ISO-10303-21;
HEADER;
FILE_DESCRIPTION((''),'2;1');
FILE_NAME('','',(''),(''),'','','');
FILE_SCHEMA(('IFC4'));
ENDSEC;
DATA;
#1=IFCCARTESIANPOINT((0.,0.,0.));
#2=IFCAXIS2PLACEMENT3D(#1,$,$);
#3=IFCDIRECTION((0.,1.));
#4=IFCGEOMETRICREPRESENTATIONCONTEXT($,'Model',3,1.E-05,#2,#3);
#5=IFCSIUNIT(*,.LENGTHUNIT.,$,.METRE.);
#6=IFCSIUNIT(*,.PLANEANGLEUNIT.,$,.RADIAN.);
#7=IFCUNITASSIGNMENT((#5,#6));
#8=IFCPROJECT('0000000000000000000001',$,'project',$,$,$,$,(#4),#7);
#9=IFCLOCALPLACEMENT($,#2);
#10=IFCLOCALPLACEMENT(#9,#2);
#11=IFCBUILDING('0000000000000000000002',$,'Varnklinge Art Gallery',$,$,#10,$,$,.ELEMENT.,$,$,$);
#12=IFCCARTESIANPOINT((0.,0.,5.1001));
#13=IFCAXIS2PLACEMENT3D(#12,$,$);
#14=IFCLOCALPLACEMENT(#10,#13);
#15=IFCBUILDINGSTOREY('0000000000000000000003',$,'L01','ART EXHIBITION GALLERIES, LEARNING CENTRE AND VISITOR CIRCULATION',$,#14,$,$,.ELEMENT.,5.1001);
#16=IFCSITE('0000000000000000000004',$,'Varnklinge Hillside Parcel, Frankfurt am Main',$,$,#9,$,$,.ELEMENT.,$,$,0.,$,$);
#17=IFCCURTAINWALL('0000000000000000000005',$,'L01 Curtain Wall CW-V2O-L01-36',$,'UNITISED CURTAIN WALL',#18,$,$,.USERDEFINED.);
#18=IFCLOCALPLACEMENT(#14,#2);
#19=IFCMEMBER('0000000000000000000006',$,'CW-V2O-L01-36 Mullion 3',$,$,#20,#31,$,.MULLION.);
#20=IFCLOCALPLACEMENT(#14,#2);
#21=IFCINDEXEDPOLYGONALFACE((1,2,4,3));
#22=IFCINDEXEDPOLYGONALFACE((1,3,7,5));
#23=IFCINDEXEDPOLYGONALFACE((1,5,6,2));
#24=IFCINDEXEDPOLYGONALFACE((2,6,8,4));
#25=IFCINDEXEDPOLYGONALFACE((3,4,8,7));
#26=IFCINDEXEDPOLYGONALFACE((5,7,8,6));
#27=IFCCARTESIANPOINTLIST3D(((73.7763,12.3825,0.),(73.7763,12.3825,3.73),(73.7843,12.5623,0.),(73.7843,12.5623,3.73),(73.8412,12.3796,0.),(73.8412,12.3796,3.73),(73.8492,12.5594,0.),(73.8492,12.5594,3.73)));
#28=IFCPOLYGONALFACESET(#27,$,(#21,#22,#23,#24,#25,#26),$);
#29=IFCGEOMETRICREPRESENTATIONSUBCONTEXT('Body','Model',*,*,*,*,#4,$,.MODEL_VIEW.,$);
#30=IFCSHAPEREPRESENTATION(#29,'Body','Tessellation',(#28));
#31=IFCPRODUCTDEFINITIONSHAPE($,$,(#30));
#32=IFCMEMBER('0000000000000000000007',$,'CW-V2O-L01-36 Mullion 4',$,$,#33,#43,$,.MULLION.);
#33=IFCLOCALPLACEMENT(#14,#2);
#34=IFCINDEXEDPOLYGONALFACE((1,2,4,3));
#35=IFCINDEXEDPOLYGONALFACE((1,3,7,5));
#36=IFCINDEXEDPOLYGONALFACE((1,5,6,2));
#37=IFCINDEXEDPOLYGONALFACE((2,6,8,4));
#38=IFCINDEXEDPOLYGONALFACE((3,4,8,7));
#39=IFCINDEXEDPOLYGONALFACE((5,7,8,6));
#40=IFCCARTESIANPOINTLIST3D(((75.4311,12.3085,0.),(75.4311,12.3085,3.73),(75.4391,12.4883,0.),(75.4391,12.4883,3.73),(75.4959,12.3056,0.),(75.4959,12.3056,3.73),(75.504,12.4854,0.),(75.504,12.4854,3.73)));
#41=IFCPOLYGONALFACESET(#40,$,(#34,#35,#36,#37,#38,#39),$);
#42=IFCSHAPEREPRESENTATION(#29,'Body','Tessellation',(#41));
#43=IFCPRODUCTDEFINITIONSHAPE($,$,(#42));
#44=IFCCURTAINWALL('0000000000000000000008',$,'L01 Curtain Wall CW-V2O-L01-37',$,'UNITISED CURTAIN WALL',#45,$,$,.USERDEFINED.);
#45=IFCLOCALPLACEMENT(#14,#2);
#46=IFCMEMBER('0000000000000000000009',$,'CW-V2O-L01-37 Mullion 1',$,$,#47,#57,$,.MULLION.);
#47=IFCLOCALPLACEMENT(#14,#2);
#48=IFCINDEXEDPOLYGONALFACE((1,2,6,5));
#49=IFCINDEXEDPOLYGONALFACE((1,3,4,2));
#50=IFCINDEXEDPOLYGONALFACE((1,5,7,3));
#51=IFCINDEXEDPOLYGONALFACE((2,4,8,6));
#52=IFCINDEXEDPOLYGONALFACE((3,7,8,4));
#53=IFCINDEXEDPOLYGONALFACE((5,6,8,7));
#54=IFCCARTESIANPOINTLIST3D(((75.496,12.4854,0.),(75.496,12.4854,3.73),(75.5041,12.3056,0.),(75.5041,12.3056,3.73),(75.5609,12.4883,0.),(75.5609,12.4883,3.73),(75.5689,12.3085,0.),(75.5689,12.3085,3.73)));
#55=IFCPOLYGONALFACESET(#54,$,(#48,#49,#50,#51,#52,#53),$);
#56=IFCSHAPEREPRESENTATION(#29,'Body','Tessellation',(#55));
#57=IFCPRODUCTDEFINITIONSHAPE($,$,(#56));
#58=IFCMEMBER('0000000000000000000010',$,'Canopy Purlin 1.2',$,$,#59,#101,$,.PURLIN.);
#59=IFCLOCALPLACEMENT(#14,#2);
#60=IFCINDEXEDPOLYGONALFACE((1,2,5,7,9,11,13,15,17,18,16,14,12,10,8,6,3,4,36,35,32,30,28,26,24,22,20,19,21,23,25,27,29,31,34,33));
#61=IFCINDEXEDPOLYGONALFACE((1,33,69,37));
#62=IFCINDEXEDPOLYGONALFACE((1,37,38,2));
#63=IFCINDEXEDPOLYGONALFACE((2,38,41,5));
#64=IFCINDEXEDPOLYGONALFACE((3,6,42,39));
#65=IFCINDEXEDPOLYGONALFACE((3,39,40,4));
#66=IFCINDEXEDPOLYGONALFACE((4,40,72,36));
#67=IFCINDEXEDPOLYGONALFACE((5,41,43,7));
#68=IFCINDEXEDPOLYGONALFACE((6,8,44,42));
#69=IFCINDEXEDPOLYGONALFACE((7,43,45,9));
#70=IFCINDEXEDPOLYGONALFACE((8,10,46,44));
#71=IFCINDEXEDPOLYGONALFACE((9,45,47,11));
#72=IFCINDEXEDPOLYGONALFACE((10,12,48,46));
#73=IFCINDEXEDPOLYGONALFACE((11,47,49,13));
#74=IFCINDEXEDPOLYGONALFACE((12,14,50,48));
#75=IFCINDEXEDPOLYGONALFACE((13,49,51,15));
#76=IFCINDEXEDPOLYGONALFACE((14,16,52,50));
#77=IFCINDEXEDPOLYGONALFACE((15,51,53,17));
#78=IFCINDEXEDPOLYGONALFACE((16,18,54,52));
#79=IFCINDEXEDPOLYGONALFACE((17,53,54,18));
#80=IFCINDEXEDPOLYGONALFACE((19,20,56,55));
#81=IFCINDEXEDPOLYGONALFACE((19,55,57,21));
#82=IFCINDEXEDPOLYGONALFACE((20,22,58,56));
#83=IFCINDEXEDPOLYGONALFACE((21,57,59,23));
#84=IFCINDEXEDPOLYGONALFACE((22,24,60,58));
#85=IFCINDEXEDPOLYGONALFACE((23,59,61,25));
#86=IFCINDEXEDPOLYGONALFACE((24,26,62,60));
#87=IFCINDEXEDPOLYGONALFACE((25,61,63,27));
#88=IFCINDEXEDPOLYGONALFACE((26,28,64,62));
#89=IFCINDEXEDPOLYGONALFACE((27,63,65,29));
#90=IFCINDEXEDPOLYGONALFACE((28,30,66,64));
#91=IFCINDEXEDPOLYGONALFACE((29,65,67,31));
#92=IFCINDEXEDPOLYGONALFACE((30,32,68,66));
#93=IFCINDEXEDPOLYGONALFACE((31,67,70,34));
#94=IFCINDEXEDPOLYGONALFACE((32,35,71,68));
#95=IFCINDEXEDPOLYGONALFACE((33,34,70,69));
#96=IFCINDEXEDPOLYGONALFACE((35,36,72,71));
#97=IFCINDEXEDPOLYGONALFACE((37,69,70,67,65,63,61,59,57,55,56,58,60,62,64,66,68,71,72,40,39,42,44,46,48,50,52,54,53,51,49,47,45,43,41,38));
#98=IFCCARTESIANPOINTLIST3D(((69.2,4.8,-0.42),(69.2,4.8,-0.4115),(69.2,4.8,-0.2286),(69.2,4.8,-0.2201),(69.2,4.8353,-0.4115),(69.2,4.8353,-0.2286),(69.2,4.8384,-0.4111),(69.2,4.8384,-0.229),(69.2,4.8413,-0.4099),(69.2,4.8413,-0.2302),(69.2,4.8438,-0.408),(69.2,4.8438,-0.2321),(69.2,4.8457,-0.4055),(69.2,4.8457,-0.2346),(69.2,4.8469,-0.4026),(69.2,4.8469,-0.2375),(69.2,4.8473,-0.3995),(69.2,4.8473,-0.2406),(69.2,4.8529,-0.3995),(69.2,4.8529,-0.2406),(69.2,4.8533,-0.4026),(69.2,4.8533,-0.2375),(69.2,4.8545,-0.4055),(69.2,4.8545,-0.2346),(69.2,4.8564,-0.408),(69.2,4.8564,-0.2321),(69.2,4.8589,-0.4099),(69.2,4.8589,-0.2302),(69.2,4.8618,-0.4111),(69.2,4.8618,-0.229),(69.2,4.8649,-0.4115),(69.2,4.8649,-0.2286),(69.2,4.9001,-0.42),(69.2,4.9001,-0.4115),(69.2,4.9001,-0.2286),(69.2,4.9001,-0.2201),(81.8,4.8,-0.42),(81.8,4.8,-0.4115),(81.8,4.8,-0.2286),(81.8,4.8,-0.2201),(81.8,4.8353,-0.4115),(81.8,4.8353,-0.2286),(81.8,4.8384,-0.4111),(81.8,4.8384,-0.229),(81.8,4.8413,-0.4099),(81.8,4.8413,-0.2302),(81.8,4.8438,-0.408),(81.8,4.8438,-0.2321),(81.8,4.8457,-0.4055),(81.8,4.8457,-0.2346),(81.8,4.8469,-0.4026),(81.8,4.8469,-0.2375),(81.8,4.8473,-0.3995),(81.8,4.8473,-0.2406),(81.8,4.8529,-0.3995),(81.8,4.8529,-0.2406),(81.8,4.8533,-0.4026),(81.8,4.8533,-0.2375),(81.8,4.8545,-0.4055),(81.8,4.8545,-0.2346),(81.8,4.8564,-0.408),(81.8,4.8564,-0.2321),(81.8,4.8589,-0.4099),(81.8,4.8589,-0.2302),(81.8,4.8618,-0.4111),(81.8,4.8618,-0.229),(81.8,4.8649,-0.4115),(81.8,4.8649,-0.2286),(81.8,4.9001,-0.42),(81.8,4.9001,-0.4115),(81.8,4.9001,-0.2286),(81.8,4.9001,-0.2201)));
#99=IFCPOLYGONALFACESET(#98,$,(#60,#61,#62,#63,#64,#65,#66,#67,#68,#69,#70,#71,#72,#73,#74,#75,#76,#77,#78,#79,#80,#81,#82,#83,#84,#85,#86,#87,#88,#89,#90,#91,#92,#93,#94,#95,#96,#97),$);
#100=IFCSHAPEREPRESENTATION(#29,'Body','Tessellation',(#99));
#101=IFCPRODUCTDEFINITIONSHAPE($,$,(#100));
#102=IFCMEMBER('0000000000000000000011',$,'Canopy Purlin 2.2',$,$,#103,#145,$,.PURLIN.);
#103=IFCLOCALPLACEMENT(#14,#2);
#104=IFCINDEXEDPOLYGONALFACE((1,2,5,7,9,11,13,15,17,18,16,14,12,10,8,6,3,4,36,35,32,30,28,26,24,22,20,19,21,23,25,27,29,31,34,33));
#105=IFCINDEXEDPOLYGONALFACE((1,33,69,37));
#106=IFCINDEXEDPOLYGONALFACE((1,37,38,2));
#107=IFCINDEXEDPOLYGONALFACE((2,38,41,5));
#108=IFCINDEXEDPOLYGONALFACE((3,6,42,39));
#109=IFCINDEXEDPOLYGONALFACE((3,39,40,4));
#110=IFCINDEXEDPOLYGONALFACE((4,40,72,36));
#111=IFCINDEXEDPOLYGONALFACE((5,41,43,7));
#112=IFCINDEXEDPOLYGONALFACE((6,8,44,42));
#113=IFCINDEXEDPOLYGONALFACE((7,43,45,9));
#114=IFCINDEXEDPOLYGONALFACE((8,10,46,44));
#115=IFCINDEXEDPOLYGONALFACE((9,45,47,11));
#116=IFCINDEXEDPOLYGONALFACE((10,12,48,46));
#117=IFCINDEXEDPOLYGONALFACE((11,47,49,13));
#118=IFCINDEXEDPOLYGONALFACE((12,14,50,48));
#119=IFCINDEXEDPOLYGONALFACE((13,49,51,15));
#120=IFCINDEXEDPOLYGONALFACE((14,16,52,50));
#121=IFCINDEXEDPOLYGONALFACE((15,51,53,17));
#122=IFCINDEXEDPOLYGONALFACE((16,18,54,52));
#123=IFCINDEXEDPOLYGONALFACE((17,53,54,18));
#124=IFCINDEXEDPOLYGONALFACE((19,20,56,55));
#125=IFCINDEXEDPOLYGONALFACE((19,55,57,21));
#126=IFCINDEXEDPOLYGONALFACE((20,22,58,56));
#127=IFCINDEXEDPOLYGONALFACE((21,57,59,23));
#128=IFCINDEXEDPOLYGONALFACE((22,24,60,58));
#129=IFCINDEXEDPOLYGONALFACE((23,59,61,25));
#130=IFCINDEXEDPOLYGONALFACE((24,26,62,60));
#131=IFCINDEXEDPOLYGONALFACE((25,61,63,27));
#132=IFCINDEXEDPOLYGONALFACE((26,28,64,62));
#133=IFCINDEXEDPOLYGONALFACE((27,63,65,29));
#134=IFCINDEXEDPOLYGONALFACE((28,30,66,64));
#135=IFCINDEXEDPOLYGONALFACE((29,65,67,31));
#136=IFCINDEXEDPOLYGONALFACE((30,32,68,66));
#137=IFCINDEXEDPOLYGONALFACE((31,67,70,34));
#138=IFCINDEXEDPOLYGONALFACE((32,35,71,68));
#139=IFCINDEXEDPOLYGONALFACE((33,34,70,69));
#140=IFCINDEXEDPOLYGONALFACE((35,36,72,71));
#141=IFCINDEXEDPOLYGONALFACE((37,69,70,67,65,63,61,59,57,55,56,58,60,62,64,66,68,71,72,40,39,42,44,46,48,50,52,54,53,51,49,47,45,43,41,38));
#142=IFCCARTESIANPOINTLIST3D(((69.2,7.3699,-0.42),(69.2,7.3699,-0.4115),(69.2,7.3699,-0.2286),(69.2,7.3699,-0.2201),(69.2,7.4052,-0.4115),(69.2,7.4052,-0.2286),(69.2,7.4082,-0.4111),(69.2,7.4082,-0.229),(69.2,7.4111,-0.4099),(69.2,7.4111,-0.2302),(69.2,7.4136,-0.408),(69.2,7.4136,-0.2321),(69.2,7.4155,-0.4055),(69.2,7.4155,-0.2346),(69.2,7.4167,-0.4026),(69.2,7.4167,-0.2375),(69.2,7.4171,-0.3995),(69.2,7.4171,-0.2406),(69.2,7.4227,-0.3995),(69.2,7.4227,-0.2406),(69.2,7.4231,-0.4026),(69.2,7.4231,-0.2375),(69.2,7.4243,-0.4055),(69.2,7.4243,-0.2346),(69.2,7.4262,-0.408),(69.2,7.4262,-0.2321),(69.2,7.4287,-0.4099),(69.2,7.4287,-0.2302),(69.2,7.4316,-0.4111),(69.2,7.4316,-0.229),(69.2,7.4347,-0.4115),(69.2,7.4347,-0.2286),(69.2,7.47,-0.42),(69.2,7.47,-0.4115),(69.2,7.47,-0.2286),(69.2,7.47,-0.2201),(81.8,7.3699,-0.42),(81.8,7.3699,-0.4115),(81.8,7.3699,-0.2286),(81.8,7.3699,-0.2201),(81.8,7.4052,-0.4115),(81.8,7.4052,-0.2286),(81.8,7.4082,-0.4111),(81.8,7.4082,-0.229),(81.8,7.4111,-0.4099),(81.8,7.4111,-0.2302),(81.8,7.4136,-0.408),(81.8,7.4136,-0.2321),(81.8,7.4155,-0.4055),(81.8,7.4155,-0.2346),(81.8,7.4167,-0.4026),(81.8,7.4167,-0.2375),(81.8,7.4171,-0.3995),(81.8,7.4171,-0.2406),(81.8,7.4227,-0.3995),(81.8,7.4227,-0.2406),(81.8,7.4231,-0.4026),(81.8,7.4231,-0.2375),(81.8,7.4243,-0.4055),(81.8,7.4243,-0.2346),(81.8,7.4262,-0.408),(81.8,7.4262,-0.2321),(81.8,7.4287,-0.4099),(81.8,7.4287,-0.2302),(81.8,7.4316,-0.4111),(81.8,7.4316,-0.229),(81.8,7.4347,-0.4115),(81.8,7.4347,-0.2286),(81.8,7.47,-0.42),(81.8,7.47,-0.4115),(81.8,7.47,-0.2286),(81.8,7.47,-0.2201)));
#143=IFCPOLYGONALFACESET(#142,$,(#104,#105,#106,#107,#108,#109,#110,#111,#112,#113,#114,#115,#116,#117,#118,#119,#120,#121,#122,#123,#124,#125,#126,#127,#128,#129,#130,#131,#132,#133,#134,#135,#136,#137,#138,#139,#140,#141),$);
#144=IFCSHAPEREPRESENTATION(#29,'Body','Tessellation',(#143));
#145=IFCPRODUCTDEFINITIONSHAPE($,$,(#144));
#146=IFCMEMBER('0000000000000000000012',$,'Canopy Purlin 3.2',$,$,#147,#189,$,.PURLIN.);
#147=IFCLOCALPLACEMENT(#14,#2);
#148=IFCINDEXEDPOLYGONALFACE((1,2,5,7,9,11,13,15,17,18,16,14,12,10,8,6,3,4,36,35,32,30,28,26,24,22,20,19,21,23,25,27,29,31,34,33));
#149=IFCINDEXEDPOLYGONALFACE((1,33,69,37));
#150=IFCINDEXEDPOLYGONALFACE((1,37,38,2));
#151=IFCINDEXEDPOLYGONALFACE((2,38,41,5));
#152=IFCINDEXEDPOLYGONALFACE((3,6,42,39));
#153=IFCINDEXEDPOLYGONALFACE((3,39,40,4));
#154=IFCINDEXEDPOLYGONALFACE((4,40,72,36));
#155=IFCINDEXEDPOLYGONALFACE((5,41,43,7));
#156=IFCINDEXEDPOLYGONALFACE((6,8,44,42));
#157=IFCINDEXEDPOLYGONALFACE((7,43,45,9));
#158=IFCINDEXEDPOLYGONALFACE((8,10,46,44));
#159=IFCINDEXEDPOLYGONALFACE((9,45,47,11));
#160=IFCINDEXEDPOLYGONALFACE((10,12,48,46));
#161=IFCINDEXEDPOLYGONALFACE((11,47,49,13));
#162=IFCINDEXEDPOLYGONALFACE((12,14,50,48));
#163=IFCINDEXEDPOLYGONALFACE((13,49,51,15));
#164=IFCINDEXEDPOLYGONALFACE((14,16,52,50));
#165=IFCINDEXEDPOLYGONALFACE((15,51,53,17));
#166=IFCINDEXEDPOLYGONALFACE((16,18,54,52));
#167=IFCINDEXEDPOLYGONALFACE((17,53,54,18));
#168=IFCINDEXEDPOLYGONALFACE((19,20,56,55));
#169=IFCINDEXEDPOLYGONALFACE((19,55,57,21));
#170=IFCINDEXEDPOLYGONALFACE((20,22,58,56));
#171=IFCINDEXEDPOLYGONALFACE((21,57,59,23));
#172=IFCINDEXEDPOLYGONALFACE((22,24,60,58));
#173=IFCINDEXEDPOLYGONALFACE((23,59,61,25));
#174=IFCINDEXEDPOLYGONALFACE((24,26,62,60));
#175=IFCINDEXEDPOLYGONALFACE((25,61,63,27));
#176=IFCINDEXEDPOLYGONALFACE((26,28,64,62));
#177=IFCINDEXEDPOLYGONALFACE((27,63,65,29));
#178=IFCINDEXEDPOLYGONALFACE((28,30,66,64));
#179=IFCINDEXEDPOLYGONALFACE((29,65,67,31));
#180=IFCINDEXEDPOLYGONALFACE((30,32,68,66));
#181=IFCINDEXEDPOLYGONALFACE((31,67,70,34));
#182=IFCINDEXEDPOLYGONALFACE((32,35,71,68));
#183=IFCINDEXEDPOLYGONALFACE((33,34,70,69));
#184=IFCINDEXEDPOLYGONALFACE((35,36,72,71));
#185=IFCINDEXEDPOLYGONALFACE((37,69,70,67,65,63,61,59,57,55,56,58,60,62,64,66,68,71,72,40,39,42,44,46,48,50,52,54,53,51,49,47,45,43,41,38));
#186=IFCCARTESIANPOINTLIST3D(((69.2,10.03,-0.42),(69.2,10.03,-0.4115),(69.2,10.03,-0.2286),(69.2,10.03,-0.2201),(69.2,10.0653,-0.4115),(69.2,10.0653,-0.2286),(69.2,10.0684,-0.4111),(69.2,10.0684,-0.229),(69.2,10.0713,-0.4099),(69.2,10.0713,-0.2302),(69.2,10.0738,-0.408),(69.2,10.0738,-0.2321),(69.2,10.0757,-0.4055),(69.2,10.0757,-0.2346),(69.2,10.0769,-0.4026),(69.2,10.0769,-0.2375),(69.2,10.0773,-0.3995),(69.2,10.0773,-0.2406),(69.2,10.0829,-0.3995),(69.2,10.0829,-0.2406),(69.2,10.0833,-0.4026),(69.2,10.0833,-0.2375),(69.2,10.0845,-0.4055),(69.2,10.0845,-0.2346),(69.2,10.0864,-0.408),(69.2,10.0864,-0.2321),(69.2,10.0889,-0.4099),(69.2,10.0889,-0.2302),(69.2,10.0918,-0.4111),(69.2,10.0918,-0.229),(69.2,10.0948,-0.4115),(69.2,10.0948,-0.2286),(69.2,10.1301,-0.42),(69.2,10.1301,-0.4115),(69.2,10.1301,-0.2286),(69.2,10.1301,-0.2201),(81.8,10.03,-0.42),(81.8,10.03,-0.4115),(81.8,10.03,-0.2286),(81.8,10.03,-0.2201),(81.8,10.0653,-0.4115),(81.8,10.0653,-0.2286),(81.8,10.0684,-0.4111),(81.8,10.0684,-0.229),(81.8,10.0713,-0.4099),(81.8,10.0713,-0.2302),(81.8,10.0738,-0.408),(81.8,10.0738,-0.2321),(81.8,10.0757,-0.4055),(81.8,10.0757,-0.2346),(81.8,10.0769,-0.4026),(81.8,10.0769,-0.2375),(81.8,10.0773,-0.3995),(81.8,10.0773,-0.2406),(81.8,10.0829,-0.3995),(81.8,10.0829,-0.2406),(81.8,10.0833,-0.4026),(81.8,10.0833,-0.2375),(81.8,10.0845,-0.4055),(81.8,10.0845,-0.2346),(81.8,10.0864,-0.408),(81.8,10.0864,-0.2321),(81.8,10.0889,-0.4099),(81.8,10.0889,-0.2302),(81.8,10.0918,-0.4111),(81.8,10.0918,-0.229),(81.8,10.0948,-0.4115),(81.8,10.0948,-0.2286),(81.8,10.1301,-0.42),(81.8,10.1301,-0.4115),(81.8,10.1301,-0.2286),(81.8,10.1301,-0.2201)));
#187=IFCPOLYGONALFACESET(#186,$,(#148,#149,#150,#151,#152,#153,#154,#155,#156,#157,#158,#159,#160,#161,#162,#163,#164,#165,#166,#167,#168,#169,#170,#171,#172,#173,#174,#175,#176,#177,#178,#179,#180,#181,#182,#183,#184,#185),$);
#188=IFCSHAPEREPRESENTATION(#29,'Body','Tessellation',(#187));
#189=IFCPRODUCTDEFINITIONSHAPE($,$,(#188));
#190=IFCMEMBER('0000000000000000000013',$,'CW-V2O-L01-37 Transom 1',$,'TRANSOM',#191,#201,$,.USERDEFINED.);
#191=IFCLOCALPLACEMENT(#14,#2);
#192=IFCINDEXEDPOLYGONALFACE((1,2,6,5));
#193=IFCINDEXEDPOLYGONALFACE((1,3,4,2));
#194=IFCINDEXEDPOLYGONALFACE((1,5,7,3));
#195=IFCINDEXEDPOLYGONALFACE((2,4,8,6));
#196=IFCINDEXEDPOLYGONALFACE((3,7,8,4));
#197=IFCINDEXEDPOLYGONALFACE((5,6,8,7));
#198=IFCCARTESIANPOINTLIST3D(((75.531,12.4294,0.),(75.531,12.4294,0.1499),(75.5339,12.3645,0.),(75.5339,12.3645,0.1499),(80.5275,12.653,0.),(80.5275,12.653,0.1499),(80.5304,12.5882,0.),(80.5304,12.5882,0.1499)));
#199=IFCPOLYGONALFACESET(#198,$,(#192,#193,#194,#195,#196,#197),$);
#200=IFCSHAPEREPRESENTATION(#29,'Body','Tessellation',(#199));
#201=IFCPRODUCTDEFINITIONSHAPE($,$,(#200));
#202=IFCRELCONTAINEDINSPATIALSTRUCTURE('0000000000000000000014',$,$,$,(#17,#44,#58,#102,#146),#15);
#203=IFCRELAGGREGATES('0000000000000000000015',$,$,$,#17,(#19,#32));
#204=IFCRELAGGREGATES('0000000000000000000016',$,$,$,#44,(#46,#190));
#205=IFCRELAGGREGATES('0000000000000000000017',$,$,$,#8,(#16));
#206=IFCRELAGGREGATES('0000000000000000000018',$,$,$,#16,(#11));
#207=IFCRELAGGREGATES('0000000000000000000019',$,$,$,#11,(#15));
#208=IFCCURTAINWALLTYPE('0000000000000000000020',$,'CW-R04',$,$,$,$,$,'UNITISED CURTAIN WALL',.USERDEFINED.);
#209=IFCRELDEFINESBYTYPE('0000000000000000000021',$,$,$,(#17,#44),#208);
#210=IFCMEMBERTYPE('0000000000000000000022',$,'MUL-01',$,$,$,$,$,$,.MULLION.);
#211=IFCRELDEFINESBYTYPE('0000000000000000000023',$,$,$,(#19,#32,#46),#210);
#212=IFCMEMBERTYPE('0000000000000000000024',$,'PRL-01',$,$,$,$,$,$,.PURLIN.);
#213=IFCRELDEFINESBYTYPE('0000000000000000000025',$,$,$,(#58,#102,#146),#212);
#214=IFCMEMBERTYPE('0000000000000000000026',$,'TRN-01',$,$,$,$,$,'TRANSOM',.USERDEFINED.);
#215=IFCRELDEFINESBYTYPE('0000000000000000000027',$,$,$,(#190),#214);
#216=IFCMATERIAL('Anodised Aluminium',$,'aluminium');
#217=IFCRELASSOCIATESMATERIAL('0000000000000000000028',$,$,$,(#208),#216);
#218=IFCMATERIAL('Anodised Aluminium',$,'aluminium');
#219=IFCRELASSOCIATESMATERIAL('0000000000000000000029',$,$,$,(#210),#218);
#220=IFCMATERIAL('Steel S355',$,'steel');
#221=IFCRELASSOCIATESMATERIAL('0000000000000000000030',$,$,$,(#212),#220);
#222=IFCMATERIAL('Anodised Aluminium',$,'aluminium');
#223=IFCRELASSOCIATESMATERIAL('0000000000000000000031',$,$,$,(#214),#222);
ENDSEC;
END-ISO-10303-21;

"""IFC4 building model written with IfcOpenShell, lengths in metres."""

from ifc_helpers import new_model, si_unit, direction, frame, origin, origin_2d, place, context, subcontext, project, spatial, rectangle, i_section, extrude, material, material_profile, profile_set, type_object, element, aggregate, save


model = new_model("IFC4")

# Units and contexts
model_context = context("Model", 3, precision=1e-05, world=origin(), true_north=direction((0.0, 1.0)))
body_context = subcontext(model_context, "Body", "Model", "MODEL_VIEW")
ifc_project = project(units=[si_unit("LENGTHUNIT", "METRE"), si_unit("PLANEANGLEUNIT", "RADIAN")], contexts=[model_context])

# Site, building, storey
site_placement = place(None, origin())
site = spatial("IfcSite", under=ifc_project, at=site_placement, Name="Varnklinge Hillside Parcel, Frankfurt am Main", CompositionType="ELEMENT", RefElevation=0.0)
building_placement = place(site_placement, origin())
building = spatial("IfcBuilding", under=site, at=building_placement, Name="Varnklinge Art Gallery", CompositionType="ELEMENT")
storey_placement = place(building_placement, frame((0.0, 0.0, 5.1001)))
storey = spatial("IfcBuildingStorey", under=building, at=storey_placement, Name="L01", Description="ART EXHIBITION GALLERIES, LEARNING CENTRE AND VISITOR CIRCULATION", CompositionType="ELEMENT", Elevation=5.1001)

# Curtain wall, members
ifc_material_1 = material(Name="Anodised Aluminium", Category="aluminium")
curtain_wall_type = type_object("IfcCurtainWallType", Name="CW-R04", ElementType="UNITISED CURTAIN WALL", PredefinedType="USERDEFINED", material=ifc_material_1)
curtain_wall_1_placement = place(storey_placement, origin())
curtain_wall_1 = element("IfcCurtainWall", 1, at=curtain_wall_1_placement, inside=storey, type_object=curtain_wall_type, Name="L01 Curtain Wall CW-V2O-L01-36", ObjectType="UNITISED CURTAIN WALL", PredefinedType="USERDEFINED")
ifc_material_2 = material(Name="Anodised Aluminium", Category="aluminium")
ifc_material_profile_1 = material_profile(ifc_material_2, rectangle(XDim=0.0649, YDim=0.1799, at=origin_2d()), Name="ALU 65x180")
ifc_profile_set_1 = profile_set([ifc_material_profile_1], Name="Anodised Aluminium")
member_type_1 = type_object("IfcMemberType", Name="MUL-01", PredefinedType="MULLION", material=ifc_profile_set_1)
member_1_placement = place(storey_placement, frame((73.8127, 12.4709, 0.0), z_axis=(0.0, 0.0, 1.0), x_axis=(0.999002, -0.044666, 0.0)))
member_1 = element("IfcMember", 2, at=member_1_placement, type_object=member_type_1, Name="CW-V2O-L01-36 Mullion 3", PredefinedType="MULLION", context=body_context, shape_type="SweptSolid", body=[
    extrude(rectangle(XDim=0.0649, YDim=0.1799, at=origin_2d()), origin(), (0.0, 0.0, 1.0), 3.73),
])
member_2_placement = place(storey_placement, frame((75.4675, 12.397, 0.0), z_axis=(0.0, 0.0, 1.0), x_axis=(0.999002, -0.044666, 0.0)))
member_2 = element("IfcMember", 3, at=member_2_placement, type_object=member_type_1, Name="CW-V2O-L01-36 Mullion 4", PredefinedType="MULLION", context=body_context, shape_type="SweptSolid", body=[
    extrude(rectangle(XDim=0.0649, YDim=0.1799, at=origin_2d()), origin(), (0.0, 0.0, 1.0), 3.73),
])

# Curtain wall, member
curtain_wall_2_placement = place(storey_placement, origin())
curtain_wall_2 = element("IfcCurtainWall", 4, at=curtain_wall_2_placement, inside=storey, type_object=curtain_wall_type, Name="L01 Curtain Wall CW-V2O-L01-37", ObjectType="UNITISED CURTAIN WALL", PredefinedType="USERDEFINED")
member_3_placement = place(storey_placement, frame((75.5325, 12.397, 0.0), z_axis=(0.0, 0.0, 1.0), x_axis=(0.999002, 0.044666, 0.0)))
member_3 = element("IfcMember", 5, at=member_3_placement, type_object=member_type_1, Name="CW-V2O-L01-37 Mullion 1", PredefinedType="MULLION", context=body_context, shape_type="SweptSolid", body=[
    extrude(rectangle(XDim=0.0649, YDim=0.1799, at=origin_2d()), origin(), (0.0, 0.0, 1.0), 3.73),
])

# Members
ifc_material_3 = material(Name="Steel S355", Category="steel")
ifc_material_profile_2 = material_profile(ifc_material_3, i_section(OverallWidth=0.1001, OverallDepth=0.2, WebThickness=0.0056, FlangeThickness=0.0085, FilletRadius=0.012, at=origin_2d()), Name="IPE 200")
ifc_profile_set_2 = profile_set([ifc_material_profile_2], Name="Steel S355")
member_type_2 = type_object("IfcMemberType", Name="PRL-01", PredefinedType="PURLIN", material=ifc_profile_set_2)
for number, where, z_axis, x_axis, name in (
    (6, (69.2, 4.8501, -0.3201), (1.0, 0.0, 0.0), (0.0, 1.0, 0.0), "Canopy Purlin 1.2"),
    (7, (69.2, 7.4199, -0.3201), (1.0, 0.0, 0.0), (0.0, 1.0, 0.0), "Canopy Purlin 2.2"),
    (8, (69.2, 10.0801, -0.3201), (1.0, 0.0, 0.0), (0.0, 1.0, 0.0), "Canopy Purlin 3.2"),
):
    element("IfcMember", number, at=place(storey_placement, frame(where, z_axis=z_axis, x_axis=x_axis)), inside=storey, type_object=member_type_2, Name=name, PredefinedType="PURLIN", context=body_context, shape_type="SweptSolid", body=[
        extrude(i_section(OverallWidth=0.1001, OverallDepth=0.2, WebThickness=0.0056, FlangeThickness=0.0085, FilletRadius=0.012, at=origin_2d()), origin(), (0.0, 0.0, 1.0), 12.6001),
    ])

# Member
ifc_material_4 = material(Name="Anodised Aluminium", Category="aluminium")
ifc_material_profile_3 = material_profile(ifc_material_4, rectangle(XDim=0.0649, YDim=0.1499, at=origin_2d()), Name="ALU 65x150")
ifc_profile_set_3 = profile_set([ifc_material_profile_3], Name="Anodised Aluminium")
member_type_3 = type_object("IfcMemberType", Name="TRN-01", ElementType="TRANSOM", PredefinedType="USERDEFINED", material=ifc_profile_set_3)
member_4_placement = place(storey_placement, frame((75.5325, 12.397, 0.075), z_axis=(0.999, 0.044712, 0.0), x_axis=(-0.044712, 0.999, 0.0)))
member_4 = element("IfcMember", 9, at=member_4_placement, type_object=member_type_3, Name="CW-V2O-L01-37 Transom 1", ObjectType="TRANSOM", PredefinedType="USERDEFINED", context=body_context, shape_type="SweptSolid", body=[
    extrude(rectangle(XDim=0.0649, YDim=0.1499, at=origin_2d()), origin(), (0.0, 0.0, 1.0), 5.0015),
])

aggregate(curtain_wall_1, [member_1, member_2])
aggregate(curtain_wall_2, [member_3, member_4])

save(model, "model.ifc")
